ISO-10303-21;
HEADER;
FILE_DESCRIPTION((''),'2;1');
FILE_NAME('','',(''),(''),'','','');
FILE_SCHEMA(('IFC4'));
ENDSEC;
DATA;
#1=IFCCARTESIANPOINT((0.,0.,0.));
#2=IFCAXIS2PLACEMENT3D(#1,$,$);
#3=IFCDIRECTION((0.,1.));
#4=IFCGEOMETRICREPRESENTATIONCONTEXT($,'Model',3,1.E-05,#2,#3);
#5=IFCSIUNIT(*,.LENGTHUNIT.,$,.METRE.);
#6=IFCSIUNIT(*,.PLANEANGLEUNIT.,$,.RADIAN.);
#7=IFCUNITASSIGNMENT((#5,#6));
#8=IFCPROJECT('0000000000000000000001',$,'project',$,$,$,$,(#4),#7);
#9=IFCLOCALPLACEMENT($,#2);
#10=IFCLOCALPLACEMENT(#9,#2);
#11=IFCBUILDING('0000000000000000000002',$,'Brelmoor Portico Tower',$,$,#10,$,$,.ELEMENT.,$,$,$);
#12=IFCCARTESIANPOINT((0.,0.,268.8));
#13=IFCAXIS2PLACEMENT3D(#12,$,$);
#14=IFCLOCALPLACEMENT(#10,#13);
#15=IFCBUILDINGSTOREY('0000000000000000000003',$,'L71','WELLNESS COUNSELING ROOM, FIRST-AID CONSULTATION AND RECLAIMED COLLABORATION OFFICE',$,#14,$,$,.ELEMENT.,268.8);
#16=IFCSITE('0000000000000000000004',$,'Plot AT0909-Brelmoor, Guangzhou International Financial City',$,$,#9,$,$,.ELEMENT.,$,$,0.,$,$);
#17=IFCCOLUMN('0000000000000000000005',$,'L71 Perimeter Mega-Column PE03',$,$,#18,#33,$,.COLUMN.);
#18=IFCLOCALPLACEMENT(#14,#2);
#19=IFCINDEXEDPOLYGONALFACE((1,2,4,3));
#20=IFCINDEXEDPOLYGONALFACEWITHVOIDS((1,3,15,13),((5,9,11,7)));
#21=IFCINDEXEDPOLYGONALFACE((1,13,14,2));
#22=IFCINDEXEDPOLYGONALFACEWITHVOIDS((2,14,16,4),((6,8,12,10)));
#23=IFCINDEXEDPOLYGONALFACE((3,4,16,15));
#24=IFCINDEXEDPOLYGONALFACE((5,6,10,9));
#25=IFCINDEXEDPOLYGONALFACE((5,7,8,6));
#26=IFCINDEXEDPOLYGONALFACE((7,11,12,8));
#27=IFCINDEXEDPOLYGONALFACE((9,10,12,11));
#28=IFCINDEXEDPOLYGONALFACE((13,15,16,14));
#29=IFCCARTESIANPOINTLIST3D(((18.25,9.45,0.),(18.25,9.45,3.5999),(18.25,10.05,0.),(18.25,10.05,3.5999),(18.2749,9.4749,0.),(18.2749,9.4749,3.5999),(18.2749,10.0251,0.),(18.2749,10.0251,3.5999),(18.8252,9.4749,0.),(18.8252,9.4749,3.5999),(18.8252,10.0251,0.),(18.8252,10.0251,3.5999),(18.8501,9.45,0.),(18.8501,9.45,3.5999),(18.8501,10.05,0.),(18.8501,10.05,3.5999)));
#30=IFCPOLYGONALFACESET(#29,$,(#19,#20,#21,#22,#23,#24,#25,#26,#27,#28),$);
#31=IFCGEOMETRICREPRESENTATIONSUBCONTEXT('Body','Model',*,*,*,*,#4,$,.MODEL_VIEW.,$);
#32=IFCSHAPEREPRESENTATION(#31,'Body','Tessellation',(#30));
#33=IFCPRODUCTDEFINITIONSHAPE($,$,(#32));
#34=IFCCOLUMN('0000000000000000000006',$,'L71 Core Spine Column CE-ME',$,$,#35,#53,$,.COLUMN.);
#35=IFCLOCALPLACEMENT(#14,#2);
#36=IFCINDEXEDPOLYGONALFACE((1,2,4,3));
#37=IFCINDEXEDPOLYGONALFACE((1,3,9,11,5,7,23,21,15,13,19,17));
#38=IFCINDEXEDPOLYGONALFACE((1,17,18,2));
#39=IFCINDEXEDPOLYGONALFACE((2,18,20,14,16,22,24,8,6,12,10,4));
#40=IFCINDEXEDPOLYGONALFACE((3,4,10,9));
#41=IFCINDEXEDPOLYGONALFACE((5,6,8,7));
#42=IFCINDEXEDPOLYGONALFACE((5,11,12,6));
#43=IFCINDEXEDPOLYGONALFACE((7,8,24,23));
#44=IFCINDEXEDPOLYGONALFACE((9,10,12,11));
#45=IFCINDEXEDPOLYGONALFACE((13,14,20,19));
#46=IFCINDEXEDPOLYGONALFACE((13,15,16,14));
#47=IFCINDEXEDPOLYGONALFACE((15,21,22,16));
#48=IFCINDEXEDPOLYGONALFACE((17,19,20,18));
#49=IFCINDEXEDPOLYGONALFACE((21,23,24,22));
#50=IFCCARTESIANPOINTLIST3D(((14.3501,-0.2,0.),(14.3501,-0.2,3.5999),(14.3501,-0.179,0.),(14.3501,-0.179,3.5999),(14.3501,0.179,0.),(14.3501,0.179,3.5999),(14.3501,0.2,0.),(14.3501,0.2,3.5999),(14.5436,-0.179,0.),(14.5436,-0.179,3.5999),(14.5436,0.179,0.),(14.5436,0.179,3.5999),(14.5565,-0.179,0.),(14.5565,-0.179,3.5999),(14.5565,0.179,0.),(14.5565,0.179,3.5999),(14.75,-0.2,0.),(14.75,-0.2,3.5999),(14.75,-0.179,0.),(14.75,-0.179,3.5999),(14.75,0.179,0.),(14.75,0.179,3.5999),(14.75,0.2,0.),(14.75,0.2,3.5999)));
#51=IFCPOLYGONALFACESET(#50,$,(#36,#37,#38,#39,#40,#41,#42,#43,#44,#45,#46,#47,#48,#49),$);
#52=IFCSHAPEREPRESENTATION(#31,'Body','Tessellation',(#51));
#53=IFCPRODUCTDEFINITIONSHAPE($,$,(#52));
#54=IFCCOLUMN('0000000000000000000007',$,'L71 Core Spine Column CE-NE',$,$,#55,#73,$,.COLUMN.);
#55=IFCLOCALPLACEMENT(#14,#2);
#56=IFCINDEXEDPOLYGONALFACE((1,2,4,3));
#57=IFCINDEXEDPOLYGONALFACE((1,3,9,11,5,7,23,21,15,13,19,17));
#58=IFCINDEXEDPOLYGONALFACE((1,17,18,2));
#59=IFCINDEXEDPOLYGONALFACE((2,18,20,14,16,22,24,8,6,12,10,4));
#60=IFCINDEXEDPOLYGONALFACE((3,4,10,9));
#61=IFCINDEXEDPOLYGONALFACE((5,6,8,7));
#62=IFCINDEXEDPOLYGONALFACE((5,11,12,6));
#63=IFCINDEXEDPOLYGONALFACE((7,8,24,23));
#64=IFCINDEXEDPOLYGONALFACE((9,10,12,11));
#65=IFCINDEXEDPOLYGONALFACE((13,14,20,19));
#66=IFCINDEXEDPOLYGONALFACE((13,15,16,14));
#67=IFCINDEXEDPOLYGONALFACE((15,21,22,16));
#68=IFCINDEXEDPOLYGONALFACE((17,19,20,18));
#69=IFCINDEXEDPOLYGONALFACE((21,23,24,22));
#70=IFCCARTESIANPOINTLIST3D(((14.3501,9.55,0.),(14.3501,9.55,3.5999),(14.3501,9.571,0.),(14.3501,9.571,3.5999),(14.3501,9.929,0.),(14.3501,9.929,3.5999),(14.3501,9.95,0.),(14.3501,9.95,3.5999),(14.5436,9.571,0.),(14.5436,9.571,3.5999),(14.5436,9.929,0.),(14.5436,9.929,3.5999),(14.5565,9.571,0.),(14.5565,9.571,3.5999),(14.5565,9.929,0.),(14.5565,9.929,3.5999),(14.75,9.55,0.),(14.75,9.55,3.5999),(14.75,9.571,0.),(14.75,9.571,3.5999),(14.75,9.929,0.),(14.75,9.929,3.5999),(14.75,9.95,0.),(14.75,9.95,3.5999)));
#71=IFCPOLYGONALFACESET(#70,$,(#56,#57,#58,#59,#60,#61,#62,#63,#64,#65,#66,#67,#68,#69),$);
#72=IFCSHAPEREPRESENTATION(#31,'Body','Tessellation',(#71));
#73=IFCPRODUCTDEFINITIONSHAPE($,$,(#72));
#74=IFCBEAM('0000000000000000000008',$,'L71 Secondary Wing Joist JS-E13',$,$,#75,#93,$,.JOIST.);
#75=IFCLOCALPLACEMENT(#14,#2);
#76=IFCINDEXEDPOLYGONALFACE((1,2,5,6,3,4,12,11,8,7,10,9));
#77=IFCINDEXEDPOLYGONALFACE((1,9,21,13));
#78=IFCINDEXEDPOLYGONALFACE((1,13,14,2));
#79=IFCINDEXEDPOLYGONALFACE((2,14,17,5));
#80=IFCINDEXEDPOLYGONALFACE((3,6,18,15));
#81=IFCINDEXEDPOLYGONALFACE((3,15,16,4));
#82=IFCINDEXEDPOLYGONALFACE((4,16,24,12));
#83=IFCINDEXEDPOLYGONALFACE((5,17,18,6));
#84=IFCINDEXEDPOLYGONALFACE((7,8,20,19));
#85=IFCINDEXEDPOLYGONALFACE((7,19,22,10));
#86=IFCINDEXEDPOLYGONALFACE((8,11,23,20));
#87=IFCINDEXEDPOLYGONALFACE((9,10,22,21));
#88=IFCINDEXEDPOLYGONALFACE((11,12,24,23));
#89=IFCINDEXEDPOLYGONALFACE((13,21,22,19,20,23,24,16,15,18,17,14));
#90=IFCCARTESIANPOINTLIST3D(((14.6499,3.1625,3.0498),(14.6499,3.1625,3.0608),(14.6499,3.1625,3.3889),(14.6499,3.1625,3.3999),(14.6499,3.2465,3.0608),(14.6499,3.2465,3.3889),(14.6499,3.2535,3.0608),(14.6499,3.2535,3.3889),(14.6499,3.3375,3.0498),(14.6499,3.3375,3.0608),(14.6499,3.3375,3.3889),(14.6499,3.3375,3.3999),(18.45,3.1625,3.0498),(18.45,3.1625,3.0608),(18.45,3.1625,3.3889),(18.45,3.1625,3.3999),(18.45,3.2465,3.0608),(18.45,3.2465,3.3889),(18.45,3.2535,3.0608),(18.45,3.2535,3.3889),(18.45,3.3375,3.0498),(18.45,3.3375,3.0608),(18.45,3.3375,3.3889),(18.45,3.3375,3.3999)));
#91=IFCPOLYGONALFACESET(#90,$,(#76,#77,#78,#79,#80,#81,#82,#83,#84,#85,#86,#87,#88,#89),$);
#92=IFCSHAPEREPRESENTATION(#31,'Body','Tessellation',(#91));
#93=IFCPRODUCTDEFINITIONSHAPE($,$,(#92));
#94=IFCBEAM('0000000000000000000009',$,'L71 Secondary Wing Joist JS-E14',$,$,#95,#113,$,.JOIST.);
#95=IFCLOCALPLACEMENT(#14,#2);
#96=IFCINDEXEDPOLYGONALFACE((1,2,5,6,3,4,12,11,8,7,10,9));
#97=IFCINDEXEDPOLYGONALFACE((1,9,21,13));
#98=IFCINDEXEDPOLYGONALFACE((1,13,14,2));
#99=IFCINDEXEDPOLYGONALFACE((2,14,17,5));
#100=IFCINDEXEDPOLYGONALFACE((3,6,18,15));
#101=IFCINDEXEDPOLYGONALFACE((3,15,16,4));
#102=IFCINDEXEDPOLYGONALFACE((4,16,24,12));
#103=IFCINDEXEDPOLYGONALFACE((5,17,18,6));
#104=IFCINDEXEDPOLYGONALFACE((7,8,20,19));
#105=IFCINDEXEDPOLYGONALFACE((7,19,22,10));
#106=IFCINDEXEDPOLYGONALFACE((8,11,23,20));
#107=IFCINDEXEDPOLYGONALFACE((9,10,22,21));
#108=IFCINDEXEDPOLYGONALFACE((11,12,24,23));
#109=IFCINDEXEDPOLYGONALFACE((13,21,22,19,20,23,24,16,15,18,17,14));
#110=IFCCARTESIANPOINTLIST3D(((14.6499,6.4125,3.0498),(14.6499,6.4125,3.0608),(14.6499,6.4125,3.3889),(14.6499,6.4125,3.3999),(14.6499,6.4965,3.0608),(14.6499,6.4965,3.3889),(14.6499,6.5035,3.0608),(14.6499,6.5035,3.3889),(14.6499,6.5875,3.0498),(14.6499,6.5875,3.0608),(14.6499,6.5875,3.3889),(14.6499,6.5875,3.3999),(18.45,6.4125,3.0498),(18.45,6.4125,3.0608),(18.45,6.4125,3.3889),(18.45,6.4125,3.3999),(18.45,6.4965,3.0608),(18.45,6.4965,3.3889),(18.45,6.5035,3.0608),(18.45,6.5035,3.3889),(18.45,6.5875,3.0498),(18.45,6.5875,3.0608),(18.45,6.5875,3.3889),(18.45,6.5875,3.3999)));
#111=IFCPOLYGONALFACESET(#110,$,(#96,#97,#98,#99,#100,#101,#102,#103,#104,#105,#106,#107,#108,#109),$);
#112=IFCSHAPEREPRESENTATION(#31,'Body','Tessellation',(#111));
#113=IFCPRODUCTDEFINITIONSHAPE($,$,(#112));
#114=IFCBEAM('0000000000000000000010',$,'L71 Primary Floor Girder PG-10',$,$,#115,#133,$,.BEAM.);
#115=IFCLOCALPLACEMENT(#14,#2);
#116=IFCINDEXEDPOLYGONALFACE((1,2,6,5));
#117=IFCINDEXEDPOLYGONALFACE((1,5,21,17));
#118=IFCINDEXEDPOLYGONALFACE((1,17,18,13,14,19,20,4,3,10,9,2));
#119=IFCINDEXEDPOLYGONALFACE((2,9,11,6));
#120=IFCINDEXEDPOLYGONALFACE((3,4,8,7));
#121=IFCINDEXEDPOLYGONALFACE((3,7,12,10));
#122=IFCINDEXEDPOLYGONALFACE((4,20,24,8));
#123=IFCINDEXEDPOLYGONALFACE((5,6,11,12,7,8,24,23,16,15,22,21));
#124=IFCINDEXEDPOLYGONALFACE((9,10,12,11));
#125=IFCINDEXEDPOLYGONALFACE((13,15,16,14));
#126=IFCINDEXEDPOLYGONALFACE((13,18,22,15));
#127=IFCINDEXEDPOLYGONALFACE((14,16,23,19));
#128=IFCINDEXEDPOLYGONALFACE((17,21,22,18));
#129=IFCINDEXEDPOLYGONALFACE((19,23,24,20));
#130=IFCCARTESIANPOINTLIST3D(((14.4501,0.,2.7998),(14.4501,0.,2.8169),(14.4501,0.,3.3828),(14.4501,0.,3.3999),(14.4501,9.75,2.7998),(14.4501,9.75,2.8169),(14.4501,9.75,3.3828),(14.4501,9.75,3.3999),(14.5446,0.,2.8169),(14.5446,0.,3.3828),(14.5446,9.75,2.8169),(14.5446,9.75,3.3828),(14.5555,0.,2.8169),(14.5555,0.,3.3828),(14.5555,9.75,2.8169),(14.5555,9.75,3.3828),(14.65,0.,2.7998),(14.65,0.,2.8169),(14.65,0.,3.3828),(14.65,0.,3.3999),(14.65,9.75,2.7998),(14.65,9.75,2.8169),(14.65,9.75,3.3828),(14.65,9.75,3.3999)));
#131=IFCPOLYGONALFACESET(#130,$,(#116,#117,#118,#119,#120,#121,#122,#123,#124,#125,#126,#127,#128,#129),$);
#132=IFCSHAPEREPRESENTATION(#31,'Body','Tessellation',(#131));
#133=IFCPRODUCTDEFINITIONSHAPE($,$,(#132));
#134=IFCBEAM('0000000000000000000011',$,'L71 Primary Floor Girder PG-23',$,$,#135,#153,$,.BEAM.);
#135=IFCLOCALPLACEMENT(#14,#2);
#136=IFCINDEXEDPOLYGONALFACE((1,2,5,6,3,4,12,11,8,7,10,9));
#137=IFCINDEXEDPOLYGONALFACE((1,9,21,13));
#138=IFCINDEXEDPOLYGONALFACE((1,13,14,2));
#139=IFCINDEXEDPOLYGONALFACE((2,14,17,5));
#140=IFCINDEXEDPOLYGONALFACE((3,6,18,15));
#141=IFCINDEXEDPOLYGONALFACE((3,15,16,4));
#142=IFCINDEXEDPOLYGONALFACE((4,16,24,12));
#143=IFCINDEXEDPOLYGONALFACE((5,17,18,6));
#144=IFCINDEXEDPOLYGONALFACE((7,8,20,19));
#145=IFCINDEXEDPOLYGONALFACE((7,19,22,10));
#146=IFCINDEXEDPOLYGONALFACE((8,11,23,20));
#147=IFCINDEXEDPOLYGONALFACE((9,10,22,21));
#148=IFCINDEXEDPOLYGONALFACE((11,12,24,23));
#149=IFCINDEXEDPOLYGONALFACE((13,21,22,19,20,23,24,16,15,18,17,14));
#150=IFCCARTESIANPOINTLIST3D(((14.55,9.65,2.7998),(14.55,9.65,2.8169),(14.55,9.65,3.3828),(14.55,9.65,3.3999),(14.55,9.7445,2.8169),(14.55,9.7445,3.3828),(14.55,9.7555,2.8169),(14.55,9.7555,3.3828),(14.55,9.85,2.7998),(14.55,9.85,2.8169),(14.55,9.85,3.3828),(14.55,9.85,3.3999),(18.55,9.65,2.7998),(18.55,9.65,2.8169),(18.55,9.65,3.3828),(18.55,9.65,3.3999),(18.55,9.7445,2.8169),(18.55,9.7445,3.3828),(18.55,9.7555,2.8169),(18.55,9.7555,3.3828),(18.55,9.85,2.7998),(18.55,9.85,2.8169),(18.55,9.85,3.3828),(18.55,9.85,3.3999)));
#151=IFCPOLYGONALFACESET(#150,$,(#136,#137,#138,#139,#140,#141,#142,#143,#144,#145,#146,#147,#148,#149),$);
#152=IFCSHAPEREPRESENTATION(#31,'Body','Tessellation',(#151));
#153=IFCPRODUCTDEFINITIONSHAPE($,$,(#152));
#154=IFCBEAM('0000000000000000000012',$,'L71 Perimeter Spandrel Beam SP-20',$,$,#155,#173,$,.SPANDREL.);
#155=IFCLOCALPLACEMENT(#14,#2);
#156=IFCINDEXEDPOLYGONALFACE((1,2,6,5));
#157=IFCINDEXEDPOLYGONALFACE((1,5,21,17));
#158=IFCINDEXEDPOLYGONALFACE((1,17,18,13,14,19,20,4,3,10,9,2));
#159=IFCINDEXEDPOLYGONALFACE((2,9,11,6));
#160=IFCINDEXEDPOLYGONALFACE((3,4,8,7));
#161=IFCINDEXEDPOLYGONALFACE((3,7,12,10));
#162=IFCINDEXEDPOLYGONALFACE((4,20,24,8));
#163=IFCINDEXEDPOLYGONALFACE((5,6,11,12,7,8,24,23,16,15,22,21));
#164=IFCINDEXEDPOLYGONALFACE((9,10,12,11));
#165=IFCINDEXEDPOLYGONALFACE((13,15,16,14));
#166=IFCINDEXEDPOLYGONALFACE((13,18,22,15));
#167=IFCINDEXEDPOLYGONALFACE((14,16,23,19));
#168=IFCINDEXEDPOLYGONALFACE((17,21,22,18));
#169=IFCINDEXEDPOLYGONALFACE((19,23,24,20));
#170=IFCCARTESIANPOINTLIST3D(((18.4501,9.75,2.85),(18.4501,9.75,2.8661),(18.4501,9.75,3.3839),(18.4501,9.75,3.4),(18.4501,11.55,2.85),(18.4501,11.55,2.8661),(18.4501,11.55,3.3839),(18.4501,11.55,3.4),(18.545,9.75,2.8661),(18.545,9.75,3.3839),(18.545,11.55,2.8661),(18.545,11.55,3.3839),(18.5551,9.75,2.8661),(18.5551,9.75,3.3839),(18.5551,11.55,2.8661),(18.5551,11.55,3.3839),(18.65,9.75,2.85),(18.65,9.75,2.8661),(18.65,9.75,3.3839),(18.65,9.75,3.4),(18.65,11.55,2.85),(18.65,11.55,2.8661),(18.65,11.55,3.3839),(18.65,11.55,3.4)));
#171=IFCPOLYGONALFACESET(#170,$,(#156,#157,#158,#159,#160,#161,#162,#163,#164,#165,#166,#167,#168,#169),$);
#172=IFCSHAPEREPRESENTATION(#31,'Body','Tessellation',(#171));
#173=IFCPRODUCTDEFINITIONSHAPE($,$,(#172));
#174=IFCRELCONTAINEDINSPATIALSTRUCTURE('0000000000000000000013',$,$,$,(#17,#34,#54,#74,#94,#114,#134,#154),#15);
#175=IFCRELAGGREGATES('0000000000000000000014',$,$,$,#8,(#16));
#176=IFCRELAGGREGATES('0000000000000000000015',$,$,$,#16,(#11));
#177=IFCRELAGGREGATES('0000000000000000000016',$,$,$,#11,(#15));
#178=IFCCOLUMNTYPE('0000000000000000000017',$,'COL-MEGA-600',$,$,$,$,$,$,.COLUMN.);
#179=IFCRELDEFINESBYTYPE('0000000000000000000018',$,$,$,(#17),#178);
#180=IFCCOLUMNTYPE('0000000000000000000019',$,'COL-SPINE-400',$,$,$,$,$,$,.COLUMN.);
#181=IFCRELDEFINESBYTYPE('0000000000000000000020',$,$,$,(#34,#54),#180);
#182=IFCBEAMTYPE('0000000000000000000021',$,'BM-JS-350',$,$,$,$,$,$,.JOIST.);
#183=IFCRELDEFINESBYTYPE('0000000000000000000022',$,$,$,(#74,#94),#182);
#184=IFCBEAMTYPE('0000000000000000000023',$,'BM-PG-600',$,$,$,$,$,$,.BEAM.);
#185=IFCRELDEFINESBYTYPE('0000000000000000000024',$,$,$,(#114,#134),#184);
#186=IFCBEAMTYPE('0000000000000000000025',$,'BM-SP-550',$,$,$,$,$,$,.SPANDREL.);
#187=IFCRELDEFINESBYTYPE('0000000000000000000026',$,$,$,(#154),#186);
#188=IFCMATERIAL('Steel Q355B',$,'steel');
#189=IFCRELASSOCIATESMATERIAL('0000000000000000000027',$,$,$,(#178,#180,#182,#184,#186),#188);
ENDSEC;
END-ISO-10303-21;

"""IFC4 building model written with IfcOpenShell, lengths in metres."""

from ifc_helpers import new_model, si_unit, direction, frame, origin, origin_2d, place, context, subcontext, project, spatial, hollow_rectangle, i_section, extrude, material, material_profile, profile_set, type_object, element, save


model = new_model("IFC4")

# Units and contexts
model_context = context("Model", 3, precision=1e-05, world=origin(), true_north=direction((0.0, 1.0)))
body_context = subcontext(model_context, "Body", "Model", "MODEL_VIEW")
ifc_project = project(units=[si_unit("LENGTHUNIT", "METRE"), si_unit("PLANEANGLEUNIT", "RADIAN")], contexts=[model_context])

# Site, building, storey
site_placement = place(None, origin())
site = spatial("IfcSite", under=ifc_project, at=site_placement, Name="Plot AT0909-Brelmoor, Guangzhou International Financial City", CompositionType="ELEMENT", RefElevation=0.0)
building_placement = place(site_placement, origin())
building = spatial("IfcBuilding", under=site, at=building_placement, Name="Brelmoor Portico Tower", CompositionType="ELEMENT")
storey_placement = place(building_placement, frame((0.0, 0.0, 268.8)))
storey = spatial("IfcBuildingStorey", under=building, at=storey_placement, Name="L71", Description="WELLNESS COUNSELING ROOM, FIRST-AID CONSULTATION AND RECLAIMED COLLABORATION OFFICE", CompositionType="ELEMENT", Elevation=268.8)

# Columns
ifc_material_1 = material(Name="Steel Q355B", Category="steel")
ifc_material_profile_1 = material_profile(ifc_material_1, hollow_rectangle(XDim=0.6001, YDim=0.6001, WallThickness=0.0249, at=origin_2d()), Name="BOX 600x600x25")
ifc_profile_set_1 = profile_set([ifc_material_profile_1], Name="Steel Q355B")
column_type_1 = type_object("IfcColumnType", Name="COL-MEGA-600", PredefinedType="COLUMN", material=ifc_profile_set_1)
column_placement = place(storey_placement, frame((18.55, 9.75, 0.0), z_axis=(0.0, 0.0, 1.0), x_axis=(0.0, 1.0, 0.0)))
element("IfcColumn", 1, at=column_placement, inside=storey, type_object=column_type_1, Name="L71 Perimeter Mega-Column PE03", PredefinedType="COLUMN", context=body_context, shape_type="SweptSolid", body=[
    extrude(hollow_rectangle(XDim=0.6001, YDim=0.6001, WallThickness=0.0249, at=origin_2d()), origin(), (0.0, 0.0, 1.0), 3.5999),
])
ifc_material_profile_2 = material_profile(ifc_material_1, i_section(OverallWidth=0.3999, OverallDepth=0.3999, WebThickness=0.0129, FlangeThickness=0.021, at=origin_2d()), Name="HW 400x400x13x21")
ifc_profile_set_2 = profile_set([ifc_material_profile_2], Name="Steel Q355B")
column_type_2 = type_object("IfcColumnType", Name="COL-SPINE-400", PredefinedType="COLUMN", material=ifc_profile_set_2)
for number, where, z_axis, x_axis, name in (
    (2, (14.55, 0.0, 0.0), (0.0, 0.0, 1.0), (1.0, 0.0, 0.0), "L71 Core Spine Column CE-ME"),
    (3, (14.55, 9.75, 0.0), (0.0, 0.0, 1.0), (1.0, 0.0, 0.0), "L71 Core Spine Column CE-NE"),
):
    element("IfcColumn", number, at=place(storey_placement, frame(where, z_axis=z_axis, x_axis=x_axis)), inside=storey, type_object=column_type_2, Name=name, PredefinedType="COLUMN", context=body_context, shape_type="SweptSolid", body=[
        extrude(i_section(OverallWidth=0.3999, OverallDepth=0.3999, WebThickness=0.0129, FlangeThickness=0.021, at=origin_2d()), origin(), (0.0, 0.0, 1.0), 3.5999),
    ])

# Beams
ifc_material_profile_3 = material_profile(ifc_material_1, i_section(OverallWidth=0.175, OverallDepth=0.3501, WebThickness=0.0071, FlangeThickness=0.011, at=origin_2d()), Name="HN 350x175x7x11")
ifc_profile_set_3 = profile_set([ifc_material_profile_3], Name="Steel Q355B")
beam_type_1 = type_object("IfcBeamType", Name="BM-JS-350", PredefinedType="JOIST", material=ifc_profile_set_3)
for number, where, z_axis, x_axis, name in (
    (4, (14.6499, 3.25, 3.2249), (1.0, 0.0, 0.0), (0.0, 1.0, 0.0), "L71 Secondary Wing Joist JS-E13"),
    (5, (14.6499, 6.5, 3.2249), (1.0, 0.0, 0.0), (0.0, 1.0, 0.0), "L71 Secondary Wing Joist JS-E14"),
):
    element("IfcBeam", number, at=place(storey_placement, frame(where, z_axis=z_axis, x_axis=x_axis)), inside=storey, type_object=beam_type_1, Name=name, PredefinedType="JOIST", context=body_context, shape_type="SweptSolid", body=[
        extrude(i_section(OverallWidth=0.175, OverallDepth=0.3501, WebThickness=0.0071, FlangeThickness=0.011, at=origin_2d()), origin(), (0.0, 0.0, 1.0), 3.8),
    ])
ifc_material_profile_4 = material_profile(ifc_material_1, i_section(OverallWidth=0.2, OverallDepth=0.6001, WebThickness=0.011, FlangeThickness=0.0171, at=origin_2d()), Name="HN 600x200x11x17")
ifc_profile_set_4 = profile_set([ifc_material_profile_4], Name="Steel Q355B")
beam_type_2 = type_object("IfcBeamType", Name="BM-PG-600", PredefinedType="BEAM", material=ifc_profile_set_4)
beam_1_placement = place(storey_placement, frame((14.55, 0.0, 3.0999), z_axis=(0.0, 1.0, 0.0), x_axis=(-1.0, 0.0, 0.0)))
element("IfcBeam", 6, at=beam_1_placement, inside=storey, type_object=beam_type_2, Name="L71 Primary Floor Girder PG-10", PredefinedType="BEAM", context=body_context, shape_type="SweptSolid", body=[
    extrude(i_section(OverallWidth=0.2, OverallDepth=0.6001, WebThickness=0.011, FlangeThickness=0.0171, at=origin_2d()), origin(), (0.0, 0.0, 1.0), 9.75),
])
beam_2_placement = place(storey_placement, frame((14.55, 9.75, 3.0999), z_axis=(1.0, 0.0, 0.0), x_axis=(0.0, 1.0, 0.0)))
element("IfcBeam", 7, at=beam_2_placement, inside=storey, type_object=beam_type_2, Name="L71 Primary Floor Girder PG-23", PredefinedType="BEAM", context=body_context, shape_type="SweptSolid", body=[
    extrude(i_section(OverallWidth=0.2, OverallDepth=0.6001, WebThickness=0.011, FlangeThickness=0.0171, at=origin_2d()), origin(), (0.0, 0.0, 1.0), 4.0),
])
ifc_material_profile_5 = material_profile(ifc_material_1, i_section(OverallWidth=0.2, OverallDepth=0.55, WebThickness=0.01, FlangeThickness=0.0161, at=origin_2d()), Name="HN 550x200x10x16")
ifc_profile_set_5 = profile_set([ifc_material_profile_5], Name="Steel Q355B")
beam_type_3 = type_object("IfcBeamType", Name="BM-SP-550", PredefinedType="SPANDREL", material=ifc_profile_set_5)
beam_3_placement = place(storey_placement, frame((18.55, 9.75, 3.125), z_axis=(0.0, 1.0, 0.0), x_axis=(-1.0, 0.0, 0.0)))
element("IfcBeam", 8, at=beam_3_placement, inside=storey, type_object=beam_type_3, Name="L71 Perimeter Spandrel Beam SP-20", PredefinedType="SPANDREL", context=body_context, shape_type="SweptSolid", body=[
    extrude(i_section(OverallWidth=0.2, OverallDepth=0.55, WebThickness=0.01, FlangeThickness=0.0161, at=origin_2d()), origin(), (0.0, 0.0, 1.0), 1.8),
])

save(model, "model.ifc")
